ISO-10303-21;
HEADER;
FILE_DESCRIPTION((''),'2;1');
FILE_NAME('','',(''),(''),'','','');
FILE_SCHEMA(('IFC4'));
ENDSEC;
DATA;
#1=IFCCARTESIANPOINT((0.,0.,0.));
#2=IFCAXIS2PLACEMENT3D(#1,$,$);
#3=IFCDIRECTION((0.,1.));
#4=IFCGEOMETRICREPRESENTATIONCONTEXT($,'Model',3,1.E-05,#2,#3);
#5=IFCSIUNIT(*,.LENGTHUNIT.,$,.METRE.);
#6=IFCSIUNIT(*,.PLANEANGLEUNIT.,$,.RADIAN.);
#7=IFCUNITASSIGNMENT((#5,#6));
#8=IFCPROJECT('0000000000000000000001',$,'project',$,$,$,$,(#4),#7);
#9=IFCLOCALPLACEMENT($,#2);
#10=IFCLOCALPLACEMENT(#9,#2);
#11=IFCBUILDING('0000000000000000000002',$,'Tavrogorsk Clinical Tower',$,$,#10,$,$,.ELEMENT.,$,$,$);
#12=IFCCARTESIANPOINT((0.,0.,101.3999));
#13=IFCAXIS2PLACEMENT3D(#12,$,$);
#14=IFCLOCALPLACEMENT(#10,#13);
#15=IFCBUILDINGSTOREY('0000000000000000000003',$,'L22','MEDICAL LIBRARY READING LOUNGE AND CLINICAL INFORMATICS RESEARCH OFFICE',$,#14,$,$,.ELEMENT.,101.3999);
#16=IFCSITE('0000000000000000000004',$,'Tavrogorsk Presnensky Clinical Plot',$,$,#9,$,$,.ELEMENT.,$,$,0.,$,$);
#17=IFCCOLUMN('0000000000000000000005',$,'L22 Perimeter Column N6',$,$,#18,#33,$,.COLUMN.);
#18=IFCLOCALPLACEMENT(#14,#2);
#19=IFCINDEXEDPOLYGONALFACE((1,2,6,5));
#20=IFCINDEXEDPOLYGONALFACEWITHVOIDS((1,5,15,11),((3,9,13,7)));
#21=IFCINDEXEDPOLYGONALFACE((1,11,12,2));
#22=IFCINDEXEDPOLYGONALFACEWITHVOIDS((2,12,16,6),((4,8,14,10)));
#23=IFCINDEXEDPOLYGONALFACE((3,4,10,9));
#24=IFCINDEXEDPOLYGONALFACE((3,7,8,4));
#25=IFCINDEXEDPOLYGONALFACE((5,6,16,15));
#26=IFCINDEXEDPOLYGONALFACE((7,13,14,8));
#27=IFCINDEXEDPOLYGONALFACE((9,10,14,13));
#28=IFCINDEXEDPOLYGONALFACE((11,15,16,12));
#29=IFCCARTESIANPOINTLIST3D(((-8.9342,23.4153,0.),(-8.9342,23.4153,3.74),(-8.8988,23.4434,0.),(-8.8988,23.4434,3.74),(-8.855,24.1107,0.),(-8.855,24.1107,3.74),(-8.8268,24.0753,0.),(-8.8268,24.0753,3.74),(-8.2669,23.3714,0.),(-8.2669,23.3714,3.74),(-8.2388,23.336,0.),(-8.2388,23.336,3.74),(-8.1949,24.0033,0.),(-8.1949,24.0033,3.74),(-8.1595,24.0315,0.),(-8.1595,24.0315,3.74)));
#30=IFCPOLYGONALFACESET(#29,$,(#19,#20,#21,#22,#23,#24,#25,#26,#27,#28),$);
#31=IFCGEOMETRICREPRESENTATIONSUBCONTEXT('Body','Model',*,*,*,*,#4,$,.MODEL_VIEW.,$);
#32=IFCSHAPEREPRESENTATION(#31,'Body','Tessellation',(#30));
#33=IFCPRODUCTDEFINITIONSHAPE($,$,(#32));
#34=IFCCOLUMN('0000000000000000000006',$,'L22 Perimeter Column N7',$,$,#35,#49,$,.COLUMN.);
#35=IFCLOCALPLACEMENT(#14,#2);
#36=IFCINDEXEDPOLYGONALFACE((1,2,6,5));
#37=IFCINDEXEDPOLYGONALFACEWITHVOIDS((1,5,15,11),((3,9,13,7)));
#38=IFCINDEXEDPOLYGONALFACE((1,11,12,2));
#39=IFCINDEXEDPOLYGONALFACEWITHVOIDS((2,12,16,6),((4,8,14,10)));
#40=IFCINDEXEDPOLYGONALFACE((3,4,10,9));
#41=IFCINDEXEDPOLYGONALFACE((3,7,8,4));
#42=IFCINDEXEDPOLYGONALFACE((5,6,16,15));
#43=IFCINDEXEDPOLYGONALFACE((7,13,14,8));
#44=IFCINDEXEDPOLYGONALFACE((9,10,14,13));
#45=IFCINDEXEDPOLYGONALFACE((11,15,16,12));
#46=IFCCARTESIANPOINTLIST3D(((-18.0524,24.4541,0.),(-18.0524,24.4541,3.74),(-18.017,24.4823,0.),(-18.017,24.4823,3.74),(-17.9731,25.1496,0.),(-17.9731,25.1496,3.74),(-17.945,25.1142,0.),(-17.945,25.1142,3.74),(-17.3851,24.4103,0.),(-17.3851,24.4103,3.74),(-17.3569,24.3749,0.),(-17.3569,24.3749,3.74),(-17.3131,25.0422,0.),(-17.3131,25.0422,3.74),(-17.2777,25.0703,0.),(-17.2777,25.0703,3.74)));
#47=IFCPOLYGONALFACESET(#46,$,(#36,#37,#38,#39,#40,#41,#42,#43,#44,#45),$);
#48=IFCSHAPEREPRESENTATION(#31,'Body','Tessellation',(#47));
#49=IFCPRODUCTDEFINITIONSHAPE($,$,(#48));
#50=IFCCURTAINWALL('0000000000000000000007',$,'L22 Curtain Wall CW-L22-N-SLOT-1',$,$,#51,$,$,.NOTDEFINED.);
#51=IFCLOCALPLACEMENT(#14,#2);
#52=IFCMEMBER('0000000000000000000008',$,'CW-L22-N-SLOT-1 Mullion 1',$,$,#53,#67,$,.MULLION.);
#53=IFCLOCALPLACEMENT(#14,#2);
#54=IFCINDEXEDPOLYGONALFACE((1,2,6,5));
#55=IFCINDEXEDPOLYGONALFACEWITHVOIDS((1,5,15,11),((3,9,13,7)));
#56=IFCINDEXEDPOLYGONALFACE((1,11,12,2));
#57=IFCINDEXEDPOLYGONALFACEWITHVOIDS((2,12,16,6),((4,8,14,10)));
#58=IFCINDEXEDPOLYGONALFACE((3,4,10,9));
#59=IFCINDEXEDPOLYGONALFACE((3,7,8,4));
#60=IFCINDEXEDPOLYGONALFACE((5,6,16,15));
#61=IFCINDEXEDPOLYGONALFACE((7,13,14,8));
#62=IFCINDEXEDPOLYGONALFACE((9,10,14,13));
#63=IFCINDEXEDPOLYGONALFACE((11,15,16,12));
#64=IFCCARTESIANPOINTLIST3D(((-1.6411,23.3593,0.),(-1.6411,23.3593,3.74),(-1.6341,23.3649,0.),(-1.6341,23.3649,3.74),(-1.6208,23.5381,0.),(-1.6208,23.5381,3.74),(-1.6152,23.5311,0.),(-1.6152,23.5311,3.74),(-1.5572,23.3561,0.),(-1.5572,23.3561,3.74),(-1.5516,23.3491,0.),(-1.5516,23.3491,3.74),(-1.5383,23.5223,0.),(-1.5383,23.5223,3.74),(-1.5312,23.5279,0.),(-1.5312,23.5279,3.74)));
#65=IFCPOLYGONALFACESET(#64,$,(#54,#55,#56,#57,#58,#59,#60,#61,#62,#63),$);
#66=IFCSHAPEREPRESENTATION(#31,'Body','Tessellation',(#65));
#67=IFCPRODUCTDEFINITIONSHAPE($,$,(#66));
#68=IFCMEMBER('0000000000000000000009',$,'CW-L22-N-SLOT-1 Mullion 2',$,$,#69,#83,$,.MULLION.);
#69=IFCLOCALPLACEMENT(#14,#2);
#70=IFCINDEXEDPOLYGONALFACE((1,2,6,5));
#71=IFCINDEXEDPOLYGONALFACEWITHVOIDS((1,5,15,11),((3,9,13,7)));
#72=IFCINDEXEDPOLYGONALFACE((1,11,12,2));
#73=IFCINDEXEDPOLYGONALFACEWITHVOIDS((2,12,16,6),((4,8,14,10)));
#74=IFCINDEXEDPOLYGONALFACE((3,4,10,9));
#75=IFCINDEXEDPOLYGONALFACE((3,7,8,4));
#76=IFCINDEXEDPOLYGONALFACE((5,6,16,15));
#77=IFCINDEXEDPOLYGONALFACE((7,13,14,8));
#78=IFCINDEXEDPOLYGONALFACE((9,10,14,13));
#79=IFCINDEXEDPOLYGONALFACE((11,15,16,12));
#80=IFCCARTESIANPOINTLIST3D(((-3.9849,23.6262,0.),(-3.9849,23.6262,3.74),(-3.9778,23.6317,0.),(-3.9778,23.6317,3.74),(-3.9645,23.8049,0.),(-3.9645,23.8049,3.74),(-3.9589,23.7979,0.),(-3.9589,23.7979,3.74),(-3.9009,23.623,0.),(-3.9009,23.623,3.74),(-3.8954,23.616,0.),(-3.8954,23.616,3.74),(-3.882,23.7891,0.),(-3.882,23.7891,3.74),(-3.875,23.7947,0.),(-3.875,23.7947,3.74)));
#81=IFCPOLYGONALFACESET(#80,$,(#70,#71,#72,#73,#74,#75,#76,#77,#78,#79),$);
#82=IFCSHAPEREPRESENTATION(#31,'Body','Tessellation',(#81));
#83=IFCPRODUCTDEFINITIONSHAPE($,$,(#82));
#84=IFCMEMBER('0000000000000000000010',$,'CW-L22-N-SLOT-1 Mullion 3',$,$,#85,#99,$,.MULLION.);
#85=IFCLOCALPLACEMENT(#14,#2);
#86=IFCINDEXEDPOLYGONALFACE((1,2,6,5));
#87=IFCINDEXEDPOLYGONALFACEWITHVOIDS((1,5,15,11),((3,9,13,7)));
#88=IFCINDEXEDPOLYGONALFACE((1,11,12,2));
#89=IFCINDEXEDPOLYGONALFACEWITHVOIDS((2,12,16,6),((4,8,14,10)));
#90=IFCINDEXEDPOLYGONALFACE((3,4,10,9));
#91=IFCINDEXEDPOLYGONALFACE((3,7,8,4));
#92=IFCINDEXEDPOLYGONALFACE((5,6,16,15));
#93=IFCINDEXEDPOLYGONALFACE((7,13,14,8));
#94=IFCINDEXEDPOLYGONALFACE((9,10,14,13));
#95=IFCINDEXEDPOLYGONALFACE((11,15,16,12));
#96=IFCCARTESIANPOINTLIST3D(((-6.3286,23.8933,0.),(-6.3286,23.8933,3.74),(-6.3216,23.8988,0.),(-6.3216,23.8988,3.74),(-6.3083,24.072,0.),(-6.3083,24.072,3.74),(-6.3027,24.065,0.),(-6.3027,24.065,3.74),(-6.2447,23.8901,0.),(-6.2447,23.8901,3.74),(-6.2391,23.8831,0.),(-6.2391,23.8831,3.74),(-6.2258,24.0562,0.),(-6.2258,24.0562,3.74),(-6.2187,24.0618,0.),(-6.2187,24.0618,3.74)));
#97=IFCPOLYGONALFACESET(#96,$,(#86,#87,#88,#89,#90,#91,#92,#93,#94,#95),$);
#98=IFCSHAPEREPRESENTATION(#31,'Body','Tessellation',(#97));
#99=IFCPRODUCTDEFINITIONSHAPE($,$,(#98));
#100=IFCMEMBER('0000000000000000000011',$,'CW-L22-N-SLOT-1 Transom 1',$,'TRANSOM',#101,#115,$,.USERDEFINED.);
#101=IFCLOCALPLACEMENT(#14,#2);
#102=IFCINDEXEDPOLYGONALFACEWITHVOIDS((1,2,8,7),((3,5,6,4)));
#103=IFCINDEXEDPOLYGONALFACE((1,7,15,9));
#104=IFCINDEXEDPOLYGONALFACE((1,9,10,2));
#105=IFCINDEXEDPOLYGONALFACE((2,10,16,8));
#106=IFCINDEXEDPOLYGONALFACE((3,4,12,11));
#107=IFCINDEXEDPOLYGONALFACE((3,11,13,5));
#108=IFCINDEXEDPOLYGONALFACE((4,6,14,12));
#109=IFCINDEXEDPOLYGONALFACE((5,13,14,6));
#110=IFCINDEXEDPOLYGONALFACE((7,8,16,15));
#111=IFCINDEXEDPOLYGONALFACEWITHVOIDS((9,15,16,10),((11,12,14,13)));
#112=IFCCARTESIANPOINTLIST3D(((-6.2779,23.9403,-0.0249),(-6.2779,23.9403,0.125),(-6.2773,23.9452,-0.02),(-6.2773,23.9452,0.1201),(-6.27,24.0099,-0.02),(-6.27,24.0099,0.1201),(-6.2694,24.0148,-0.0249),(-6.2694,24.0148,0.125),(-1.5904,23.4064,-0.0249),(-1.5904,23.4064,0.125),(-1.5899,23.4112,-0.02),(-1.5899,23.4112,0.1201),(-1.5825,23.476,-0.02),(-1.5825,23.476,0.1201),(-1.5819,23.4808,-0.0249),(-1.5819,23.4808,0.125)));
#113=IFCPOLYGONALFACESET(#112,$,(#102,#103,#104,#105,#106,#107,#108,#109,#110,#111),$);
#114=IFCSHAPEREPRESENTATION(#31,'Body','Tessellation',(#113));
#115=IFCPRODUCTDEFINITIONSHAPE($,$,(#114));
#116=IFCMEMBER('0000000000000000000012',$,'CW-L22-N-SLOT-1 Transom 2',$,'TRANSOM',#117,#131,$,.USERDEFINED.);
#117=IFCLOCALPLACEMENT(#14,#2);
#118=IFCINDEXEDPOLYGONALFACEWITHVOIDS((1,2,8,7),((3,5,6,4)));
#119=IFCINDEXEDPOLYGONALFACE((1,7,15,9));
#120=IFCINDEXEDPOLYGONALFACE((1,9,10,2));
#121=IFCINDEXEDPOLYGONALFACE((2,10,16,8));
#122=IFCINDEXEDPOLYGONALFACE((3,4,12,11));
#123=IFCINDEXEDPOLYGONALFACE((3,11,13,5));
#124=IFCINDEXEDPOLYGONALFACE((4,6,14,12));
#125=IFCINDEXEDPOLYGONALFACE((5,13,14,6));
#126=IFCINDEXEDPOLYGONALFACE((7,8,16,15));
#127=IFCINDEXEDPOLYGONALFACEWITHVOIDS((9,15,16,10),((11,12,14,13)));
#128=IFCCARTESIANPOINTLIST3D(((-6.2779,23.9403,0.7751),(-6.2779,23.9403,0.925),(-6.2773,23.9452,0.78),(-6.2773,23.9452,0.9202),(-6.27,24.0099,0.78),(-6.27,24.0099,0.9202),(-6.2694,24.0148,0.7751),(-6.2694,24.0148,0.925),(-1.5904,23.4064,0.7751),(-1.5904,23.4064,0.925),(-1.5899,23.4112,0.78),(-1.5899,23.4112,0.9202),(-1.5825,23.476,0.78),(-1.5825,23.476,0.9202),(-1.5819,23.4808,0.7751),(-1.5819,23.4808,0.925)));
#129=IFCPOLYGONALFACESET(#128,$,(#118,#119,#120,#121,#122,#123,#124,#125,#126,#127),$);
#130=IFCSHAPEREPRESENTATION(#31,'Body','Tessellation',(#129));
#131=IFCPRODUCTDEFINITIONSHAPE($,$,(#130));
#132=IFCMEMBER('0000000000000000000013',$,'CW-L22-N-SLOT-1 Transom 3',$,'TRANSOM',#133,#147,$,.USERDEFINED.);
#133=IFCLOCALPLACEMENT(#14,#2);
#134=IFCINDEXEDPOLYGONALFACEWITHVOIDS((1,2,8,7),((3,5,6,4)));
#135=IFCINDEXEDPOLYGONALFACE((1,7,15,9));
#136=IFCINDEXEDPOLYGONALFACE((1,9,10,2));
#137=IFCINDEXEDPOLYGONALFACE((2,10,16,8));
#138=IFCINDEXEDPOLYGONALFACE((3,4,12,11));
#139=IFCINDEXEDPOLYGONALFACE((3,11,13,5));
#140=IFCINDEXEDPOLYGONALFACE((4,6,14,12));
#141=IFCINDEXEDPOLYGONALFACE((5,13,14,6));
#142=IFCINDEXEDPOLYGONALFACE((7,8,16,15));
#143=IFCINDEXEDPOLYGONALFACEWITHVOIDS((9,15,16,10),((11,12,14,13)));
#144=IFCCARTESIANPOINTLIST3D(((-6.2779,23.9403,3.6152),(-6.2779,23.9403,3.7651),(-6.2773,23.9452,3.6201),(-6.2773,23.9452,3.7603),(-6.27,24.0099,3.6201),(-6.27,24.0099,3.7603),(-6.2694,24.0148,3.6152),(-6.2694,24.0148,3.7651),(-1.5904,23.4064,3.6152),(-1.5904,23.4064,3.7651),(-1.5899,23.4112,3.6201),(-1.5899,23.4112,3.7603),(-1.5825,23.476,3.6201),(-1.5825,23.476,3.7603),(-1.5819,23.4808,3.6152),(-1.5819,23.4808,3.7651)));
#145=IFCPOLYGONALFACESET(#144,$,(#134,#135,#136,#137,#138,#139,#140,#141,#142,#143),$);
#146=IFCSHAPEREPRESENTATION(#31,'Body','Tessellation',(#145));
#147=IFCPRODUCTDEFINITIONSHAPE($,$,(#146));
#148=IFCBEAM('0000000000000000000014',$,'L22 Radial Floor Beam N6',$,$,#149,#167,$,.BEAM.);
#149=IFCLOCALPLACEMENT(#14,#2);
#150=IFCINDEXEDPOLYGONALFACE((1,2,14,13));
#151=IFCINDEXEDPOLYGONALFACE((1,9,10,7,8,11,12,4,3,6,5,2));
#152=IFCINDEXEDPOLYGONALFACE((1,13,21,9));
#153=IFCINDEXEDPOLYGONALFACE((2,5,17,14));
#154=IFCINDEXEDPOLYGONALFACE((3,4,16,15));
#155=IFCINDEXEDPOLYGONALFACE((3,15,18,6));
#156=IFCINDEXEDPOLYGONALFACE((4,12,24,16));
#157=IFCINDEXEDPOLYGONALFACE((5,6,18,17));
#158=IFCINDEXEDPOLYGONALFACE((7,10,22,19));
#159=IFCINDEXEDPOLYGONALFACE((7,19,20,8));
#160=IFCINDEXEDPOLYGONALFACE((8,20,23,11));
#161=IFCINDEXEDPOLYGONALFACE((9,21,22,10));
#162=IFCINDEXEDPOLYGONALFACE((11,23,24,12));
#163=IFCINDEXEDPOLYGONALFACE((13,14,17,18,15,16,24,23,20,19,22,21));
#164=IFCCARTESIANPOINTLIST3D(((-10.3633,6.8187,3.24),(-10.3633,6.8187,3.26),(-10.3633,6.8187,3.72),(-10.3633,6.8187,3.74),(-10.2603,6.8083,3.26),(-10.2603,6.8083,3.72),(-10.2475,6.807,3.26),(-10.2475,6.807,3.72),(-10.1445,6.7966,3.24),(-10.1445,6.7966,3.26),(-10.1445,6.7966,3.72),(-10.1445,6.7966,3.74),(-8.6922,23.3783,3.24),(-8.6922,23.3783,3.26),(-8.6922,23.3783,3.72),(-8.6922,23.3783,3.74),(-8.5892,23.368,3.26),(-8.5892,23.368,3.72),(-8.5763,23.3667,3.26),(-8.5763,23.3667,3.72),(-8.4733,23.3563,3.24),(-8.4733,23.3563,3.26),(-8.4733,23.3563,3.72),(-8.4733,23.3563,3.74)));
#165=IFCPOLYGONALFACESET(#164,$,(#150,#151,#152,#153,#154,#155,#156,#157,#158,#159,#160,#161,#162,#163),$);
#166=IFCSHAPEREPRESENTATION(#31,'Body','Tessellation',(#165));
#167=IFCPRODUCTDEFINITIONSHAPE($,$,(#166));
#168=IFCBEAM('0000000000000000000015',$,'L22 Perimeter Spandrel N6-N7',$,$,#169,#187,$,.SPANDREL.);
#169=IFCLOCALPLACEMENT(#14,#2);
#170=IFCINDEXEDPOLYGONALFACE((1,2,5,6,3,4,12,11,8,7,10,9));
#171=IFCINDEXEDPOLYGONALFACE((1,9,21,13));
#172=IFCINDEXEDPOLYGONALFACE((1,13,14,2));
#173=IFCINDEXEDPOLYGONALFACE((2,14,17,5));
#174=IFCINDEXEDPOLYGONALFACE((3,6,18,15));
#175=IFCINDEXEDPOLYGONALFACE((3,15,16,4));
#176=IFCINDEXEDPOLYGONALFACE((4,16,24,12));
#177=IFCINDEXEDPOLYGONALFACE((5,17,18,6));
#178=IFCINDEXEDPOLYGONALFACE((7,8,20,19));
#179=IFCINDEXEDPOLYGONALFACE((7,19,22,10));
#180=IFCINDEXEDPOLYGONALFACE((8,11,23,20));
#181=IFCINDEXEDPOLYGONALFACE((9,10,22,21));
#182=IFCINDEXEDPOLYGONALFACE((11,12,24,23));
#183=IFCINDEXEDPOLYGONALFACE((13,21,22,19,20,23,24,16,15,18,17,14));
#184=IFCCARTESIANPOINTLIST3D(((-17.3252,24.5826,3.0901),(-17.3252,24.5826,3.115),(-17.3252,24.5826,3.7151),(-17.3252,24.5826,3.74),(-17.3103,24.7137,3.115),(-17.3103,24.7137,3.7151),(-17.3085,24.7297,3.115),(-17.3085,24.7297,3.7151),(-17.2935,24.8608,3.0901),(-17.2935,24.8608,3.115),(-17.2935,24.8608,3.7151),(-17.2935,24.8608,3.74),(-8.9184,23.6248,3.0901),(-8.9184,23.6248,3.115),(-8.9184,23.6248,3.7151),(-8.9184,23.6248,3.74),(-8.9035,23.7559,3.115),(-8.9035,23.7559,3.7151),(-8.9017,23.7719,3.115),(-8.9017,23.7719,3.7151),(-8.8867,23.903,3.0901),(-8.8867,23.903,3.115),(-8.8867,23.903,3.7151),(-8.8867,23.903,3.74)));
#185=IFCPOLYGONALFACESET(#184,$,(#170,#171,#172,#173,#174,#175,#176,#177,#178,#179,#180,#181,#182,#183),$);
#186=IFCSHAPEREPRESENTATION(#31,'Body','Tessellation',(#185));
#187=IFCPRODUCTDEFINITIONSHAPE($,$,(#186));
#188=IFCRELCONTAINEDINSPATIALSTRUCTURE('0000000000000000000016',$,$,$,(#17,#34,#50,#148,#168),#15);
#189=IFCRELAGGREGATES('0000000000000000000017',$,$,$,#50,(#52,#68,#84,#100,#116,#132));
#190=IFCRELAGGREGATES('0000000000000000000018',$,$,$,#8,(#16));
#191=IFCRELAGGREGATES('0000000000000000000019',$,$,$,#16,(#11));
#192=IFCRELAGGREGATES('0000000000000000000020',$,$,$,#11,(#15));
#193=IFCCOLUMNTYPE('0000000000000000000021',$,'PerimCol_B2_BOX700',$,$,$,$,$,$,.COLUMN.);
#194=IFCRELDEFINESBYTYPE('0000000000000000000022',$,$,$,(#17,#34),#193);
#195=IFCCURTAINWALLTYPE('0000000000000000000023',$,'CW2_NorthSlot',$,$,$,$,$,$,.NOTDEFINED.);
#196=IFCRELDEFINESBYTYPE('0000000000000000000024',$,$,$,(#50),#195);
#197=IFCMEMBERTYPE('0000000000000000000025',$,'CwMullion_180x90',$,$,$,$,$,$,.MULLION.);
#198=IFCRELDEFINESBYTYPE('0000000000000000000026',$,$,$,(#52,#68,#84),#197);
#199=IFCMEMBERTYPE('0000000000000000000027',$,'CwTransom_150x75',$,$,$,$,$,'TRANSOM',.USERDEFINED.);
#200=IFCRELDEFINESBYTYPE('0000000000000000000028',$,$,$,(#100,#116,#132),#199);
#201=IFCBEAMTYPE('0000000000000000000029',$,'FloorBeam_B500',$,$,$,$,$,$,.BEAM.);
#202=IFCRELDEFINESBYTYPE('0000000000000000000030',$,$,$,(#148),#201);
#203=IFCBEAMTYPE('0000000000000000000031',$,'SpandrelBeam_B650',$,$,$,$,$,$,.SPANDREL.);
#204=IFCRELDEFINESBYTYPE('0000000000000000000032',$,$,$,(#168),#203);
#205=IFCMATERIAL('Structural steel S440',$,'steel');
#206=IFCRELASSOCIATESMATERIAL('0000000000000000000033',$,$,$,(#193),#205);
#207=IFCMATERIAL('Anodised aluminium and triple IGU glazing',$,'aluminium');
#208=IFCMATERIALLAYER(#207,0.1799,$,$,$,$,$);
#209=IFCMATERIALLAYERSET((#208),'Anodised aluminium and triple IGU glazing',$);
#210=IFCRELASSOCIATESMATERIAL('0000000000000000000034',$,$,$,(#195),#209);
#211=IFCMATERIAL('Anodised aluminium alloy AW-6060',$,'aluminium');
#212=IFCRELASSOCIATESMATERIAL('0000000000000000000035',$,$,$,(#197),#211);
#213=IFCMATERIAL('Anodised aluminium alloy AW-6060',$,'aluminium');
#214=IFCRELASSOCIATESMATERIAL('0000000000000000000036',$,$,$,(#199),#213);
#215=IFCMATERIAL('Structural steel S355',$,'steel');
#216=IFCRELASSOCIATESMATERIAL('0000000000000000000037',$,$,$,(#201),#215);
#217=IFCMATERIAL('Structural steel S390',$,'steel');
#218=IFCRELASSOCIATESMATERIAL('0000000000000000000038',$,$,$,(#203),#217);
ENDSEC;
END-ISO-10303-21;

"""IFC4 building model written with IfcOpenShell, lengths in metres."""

from ifc_helpers import new_model, si_unit, direction, frame, origin, origin_2d, place, context, subcontext, project, spatial, hollow_rectangle, i_section, extrude, material, layer, layer_set, material_profile, profile_set, type_object, element, aggregate, save


model = new_model("IFC4")

# Units and contexts
model_context = context("Model", 3, precision=1e-05, world=origin(), true_north=direction((0.0, 1.0)))
body_context = subcontext(model_context, "Body", "Model", "MODEL_VIEW")
ifc_project = project(units=[si_unit("LENGTHUNIT", "METRE"), si_unit("PLANEANGLEUNIT", "RADIAN")], contexts=[model_context])

# Site, building, storey
site_placement = place(None, origin())
site = spatial("IfcSite", under=ifc_project, at=site_placement, Name="Tavrogorsk Presnensky Clinical Plot", CompositionType="ELEMENT", RefElevation=0.0)
building_placement = place(site_placement, origin())
building = spatial("IfcBuilding", under=site, at=building_placement, Name="Tavrogorsk Clinical Tower", CompositionType="ELEMENT")
storey_placement = place(building_placement, frame((0.0, 0.0, 101.3999)))
storey = spatial("IfcBuildingStorey", under=building, at=storey_placement, Name="L22", Description="MEDICAL LIBRARY READING LOUNGE AND CLINICAL INFORMATICS RESEARCH OFFICE", CompositionType="ELEMENT", Elevation=101.3999)

# Columns
ifc_material_1 = material(Name="Structural steel S440", Category="steel")
ifc_material_profile_1 = material_profile(ifc_material_1, hollow_rectangle(XDim=0.7, YDim=0.7, WallThickness=0.032, at=origin_2d()), Name="BOX-700x700x32")
ifc_profile_set_1 = profile_set([ifc_material_profile_1], Name="Structural steel S440")
column_type = type_object("IfcColumnType", Name="PerimCol_B2_BOX700", PredefinedType="COLUMN", material=ifc_profile_set_1)
for number, where, z_axis, x_axis, name in (
    (1, (-8.5469, 23.7234, 0.0), (0.0, 0.0, 1.0), (0.993572, -0.113203, 0.0), "L22 Perimeter Column N6"),
    (2, (-17.665, 24.7622, 0.0), (0.0, 0.0, 1.0), (0.993572, -0.113203, 0.0), "L22 Perimeter Column N7"),
):
    element("IfcColumn", number, at=place(storey_placement, frame(where, z_axis=z_axis, x_axis=x_axis)), inside=storey, type_object=column_type, Name=name, PredefinedType="COLUMN", context=body_context, shape_type="SweptSolid", body=[
        extrude(hollow_rectangle(XDim=0.7, YDim=0.7, WallThickness=0.032, at=origin_2d()), origin(), (0.0, 0.0, 1.0), 3.74),
    ])

# Curtain wall, members
ifc_material_2 = material(Name="Anodised aluminium and triple IGU glazing", Category="aluminium")
ifc_layer_1 = layer(ifc_material_2, 0.1799)
ifc_layer_set_1 = layer_set([ifc_layer_1], Name="Anodised aluminium and triple IGU glazing")
curtain_wall_type = type_object("IfcCurtainWallType", Name="CW2_NorthSlot", PredefinedType="NOTDEFINED", material=ifc_layer_set_1)
curtain_wall_placement = place(storey_placement, origin())
curtain_wall = element("IfcCurtainWall", 3, at=curtain_wall_placement, inside=storey, type_object=curtain_wall_type, Name="L22 Curtain Wall CW-L22-N-SLOT-1", PredefinedType="NOTDEFINED")
ifc_material_3 = material(Name="Anodised aluminium alloy AW-6060", Category="aluminium")
ifc_material_profile_2 = material_profile(ifc_material_3, hollow_rectangle(XDim=0.0901, YDim=0.1799, WallThickness=0.0063, at=origin_2d()), Name="RHS-180x90x6.3")
ifc_profile_set_2 = profile_set([ifc_material_profile_2], Name="Anodised aluminium alloy AW-6060")
member_type_1 = type_object("IfcMemberType", Name="CwMullion_180x90", PredefinedType="MULLION", material=ifc_profile_set_2)
member_1_placement = place(storey_placement, frame((-1.5862, 23.4436, 0.0), z_axis=(0.0, 0.0, 1.0), x_axis=(-0.993572, 0.113203, 0.0)))
member_1 = element("IfcMember", 4, at=member_1_placement, type_object=member_type_1, Name="CW-L22-N-SLOT-1 Mullion 1", PredefinedType="MULLION", context=body_context, shape_type="SweptSolid", body=[
    extrude(hollow_rectangle(XDim=0.0901, YDim=0.1799, WallThickness=0.0063, at=origin_2d()), origin(), (0.0, 0.0, 1.0), 3.74),
])
member_2_placement = place(storey_placement, frame((-3.9299, 23.7104, 0.0), z_axis=(0.0, 0.0, 1.0), x_axis=(-0.993572, 0.113203, 0.0)))
member_2 = element("IfcMember", 5, at=member_2_placement, type_object=member_type_1, Name="CW-L22-N-SLOT-1 Mullion 2", PredefinedType="MULLION", context=body_context, shape_type="SweptSolid", body=[
    extrude(hollow_rectangle(XDim=0.0901, YDim=0.1799, WallThickness=0.0063, at=origin_2d()), origin(), (0.0, 0.0, 1.0), 3.74),
])
member_3_placement = place(storey_placement, frame((-6.2737, 23.9775, 0.0), z_axis=(0.0, 0.0, 1.0), x_axis=(-0.993572, 0.113203, 0.0)))
member_3 = element("IfcMember", 6, at=member_3_placement, type_object=member_type_1, Name="CW-L22-N-SLOT-1 Mullion 3", PredefinedType="MULLION", context=body_context, shape_type="SweptSolid", body=[
    extrude(hollow_rectangle(XDim=0.0901, YDim=0.1799, WallThickness=0.0063, at=origin_2d()), origin(), (0.0, 0.0, 1.0), 3.74),
])
ifc_material_4 = material(Name="Anodised aluminium alloy AW-6060", Category="aluminium")
ifc_material_profile_3 = material_profile(ifc_material_4, hollow_rectangle(XDim=0.075, YDim=0.1499, WallThickness=0.0049, at=origin_2d()), Name="RHS-150x75x5")
ifc_profile_set_3 = profile_set([ifc_material_profile_3], Name="Anodised aluminium alloy AW-6060")
member_type_2 = type_object("IfcMemberType", Name="CwTransom_150x75", ElementType="TRANSOM", PredefinedType="USERDEFINED", material=ifc_profile_set_3)
member_4_placement = place(storey_placement, frame((-1.5862, 23.4436, 0.05), z_axis=(-0.993575, 0.113174, 0.0), x_axis=(-0.113174, -0.993575, 0.0)))
member_4 = element("IfcMember", 7, at=member_4_placement, type_object=member_type_2, Name="CW-L22-N-SLOT-1 Transom 1", ObjectType="TRANSOM", PredefinedType="USERDEFINED", context=body_context, shape_type="SweptSolid", body=[
    extrude(hollow_rectangle(XDim=0.075, YDim=0.1499, WallThickness=0.0049, at=origin_2d()), origin(), (0.0, 0.0, 1.0), 4.7178),
])
member_5_placement = place(storey_placement, frame((-1.5862, 23.4436, 0.8501), z_axis=(-0.993575, 0.113174, 0.0), x_axis=(-0.113174, -0.993575, 0.0)))
member_5 = element("IfcMember", 8, at=member_5_placement, type_object=member_type_2, Name="CW-L22-N-SLOT-1 Transom 2", ObjectType="TRANSOM", PredefinedType="USERDEFINED", context=body_context, shape_type="SweptSolid", body=[
    extrude(hollow_rectangle(XDim=0.075, YDim=0.1499, WallThickness=0.0049, at=origin_2d()), origin(), (0.0, 0.0, 1.0), 4.7178),
])
member_6_placement = place(storey_placement, frame((-1.5862, 23.4436, 3.6902), z_axis=(-0.993575, 0.113174, 0.0), x_axis=(-0.113174, -0.993575, 0.0)))
member_6 = element("IfcMember", 9, at=member_6_placement, type_object=member_type_2, Name="CW-L22-N-SLOT-1 Transom 3", ObjectType="TRANSOM", PredefinedType="USERDEFINED", context=body_context, shape_type="SweptSolid", body=[
    extrude(hollow_rectangle(XDim=0.075, YDim=0.1499, WallThickness=0.0049, at=origin_2d()), origin(), (0.0, 0.0, 1.0), 4.7178),
])

# Beams
ifc_material_5 = material(Name="Structural steel S355", Category="steel")
ifc_material_profile_4 = material_profile(ifc_material_5, i_section(OverallWidth=0.22, OverallDepth=0.5, WebThickness=0.0129, FlangeThickness=0.02, at=origin_2d()), Name="B-500x220x13x20")
ifc_profile_set_4 = profile_set([ifc_material_profile_4], Name="Structural steel S355")
beam_type_1 = type_object("IfcBeamType", Name="FloorBeam_B500", PredefinedType="BEAM", material=ifc_profile_set_4)
beam_1_placement = place(storey_placement, frame((-10.2539, 6.8076, 3.49), z_axis=(0.100407, 0.994946, 0.0), x_axis=(-0.994946, 0.100407, 0.0)))
element("IfcBeam", 10, at=beam_1_placement, inside=storey, type_object=beam_type_1, Name="L22 Radial Floor Beam N6", PredefinedType="BEAM", context=body_context, shape_type="SweptSolid", body=[
    extrude(i_section(OverallWidth=0.22, OverallDepth=0.5, WebThickness=0.0129, FlangeThickness=0.02, at=origin_2d()), origin(), (0.0, 0.0, 1.0), 16.6438),
])
ifc_material_6 = material(Name="Structural steel S390", Category="steel")
ifc_material_profile_5 = material_profile(ifc_material_6, i_section(OverallWidth=0.28, OverallDepth=0.6499, WebThickness=0.0161, FlangeThickness=0.0249, at=origin_2d()), Name="B-650x280x16x25")
ifc_profile_set_5 = profile_set([ifc_material_profile_5], Name="Structural steel S390")
beam_type_2 = type_object("IfcBeamType", Name="SpandrelBeam_B650", PredefinedType="SPANDREL", material=ifc_profile_set_5)
beam_2_placement = place(storey_placement, frame((-8.9026, 23.7639, 3.415), z_axis=(-0.993573, 0.113196, 0.0), x_axis=(-0.113196, -0.993573, 0.0)))
element("IfcBeam", 11, at=beam_2_placement, inside=storey, type_object=beam_type_2, Name="L22 Perimeter Spandrel N6-N7", PredefinedType="SPANDREL", context=body_context, shape_type="SweptSolid", body=[
    extrude(i_section(OverallWidth=0.28, OverallDepth=0.6499, WebThickness=0.0161, FlangeThickness=0.0249, at=origin_2d()), origin(), (0.0, 0.0, 1.0), 8.4612),
])

aggregate(curtain_wall, [member_1, member_2, member_3, member_4, member_5, member_6])

save(model, "model.ifc")
